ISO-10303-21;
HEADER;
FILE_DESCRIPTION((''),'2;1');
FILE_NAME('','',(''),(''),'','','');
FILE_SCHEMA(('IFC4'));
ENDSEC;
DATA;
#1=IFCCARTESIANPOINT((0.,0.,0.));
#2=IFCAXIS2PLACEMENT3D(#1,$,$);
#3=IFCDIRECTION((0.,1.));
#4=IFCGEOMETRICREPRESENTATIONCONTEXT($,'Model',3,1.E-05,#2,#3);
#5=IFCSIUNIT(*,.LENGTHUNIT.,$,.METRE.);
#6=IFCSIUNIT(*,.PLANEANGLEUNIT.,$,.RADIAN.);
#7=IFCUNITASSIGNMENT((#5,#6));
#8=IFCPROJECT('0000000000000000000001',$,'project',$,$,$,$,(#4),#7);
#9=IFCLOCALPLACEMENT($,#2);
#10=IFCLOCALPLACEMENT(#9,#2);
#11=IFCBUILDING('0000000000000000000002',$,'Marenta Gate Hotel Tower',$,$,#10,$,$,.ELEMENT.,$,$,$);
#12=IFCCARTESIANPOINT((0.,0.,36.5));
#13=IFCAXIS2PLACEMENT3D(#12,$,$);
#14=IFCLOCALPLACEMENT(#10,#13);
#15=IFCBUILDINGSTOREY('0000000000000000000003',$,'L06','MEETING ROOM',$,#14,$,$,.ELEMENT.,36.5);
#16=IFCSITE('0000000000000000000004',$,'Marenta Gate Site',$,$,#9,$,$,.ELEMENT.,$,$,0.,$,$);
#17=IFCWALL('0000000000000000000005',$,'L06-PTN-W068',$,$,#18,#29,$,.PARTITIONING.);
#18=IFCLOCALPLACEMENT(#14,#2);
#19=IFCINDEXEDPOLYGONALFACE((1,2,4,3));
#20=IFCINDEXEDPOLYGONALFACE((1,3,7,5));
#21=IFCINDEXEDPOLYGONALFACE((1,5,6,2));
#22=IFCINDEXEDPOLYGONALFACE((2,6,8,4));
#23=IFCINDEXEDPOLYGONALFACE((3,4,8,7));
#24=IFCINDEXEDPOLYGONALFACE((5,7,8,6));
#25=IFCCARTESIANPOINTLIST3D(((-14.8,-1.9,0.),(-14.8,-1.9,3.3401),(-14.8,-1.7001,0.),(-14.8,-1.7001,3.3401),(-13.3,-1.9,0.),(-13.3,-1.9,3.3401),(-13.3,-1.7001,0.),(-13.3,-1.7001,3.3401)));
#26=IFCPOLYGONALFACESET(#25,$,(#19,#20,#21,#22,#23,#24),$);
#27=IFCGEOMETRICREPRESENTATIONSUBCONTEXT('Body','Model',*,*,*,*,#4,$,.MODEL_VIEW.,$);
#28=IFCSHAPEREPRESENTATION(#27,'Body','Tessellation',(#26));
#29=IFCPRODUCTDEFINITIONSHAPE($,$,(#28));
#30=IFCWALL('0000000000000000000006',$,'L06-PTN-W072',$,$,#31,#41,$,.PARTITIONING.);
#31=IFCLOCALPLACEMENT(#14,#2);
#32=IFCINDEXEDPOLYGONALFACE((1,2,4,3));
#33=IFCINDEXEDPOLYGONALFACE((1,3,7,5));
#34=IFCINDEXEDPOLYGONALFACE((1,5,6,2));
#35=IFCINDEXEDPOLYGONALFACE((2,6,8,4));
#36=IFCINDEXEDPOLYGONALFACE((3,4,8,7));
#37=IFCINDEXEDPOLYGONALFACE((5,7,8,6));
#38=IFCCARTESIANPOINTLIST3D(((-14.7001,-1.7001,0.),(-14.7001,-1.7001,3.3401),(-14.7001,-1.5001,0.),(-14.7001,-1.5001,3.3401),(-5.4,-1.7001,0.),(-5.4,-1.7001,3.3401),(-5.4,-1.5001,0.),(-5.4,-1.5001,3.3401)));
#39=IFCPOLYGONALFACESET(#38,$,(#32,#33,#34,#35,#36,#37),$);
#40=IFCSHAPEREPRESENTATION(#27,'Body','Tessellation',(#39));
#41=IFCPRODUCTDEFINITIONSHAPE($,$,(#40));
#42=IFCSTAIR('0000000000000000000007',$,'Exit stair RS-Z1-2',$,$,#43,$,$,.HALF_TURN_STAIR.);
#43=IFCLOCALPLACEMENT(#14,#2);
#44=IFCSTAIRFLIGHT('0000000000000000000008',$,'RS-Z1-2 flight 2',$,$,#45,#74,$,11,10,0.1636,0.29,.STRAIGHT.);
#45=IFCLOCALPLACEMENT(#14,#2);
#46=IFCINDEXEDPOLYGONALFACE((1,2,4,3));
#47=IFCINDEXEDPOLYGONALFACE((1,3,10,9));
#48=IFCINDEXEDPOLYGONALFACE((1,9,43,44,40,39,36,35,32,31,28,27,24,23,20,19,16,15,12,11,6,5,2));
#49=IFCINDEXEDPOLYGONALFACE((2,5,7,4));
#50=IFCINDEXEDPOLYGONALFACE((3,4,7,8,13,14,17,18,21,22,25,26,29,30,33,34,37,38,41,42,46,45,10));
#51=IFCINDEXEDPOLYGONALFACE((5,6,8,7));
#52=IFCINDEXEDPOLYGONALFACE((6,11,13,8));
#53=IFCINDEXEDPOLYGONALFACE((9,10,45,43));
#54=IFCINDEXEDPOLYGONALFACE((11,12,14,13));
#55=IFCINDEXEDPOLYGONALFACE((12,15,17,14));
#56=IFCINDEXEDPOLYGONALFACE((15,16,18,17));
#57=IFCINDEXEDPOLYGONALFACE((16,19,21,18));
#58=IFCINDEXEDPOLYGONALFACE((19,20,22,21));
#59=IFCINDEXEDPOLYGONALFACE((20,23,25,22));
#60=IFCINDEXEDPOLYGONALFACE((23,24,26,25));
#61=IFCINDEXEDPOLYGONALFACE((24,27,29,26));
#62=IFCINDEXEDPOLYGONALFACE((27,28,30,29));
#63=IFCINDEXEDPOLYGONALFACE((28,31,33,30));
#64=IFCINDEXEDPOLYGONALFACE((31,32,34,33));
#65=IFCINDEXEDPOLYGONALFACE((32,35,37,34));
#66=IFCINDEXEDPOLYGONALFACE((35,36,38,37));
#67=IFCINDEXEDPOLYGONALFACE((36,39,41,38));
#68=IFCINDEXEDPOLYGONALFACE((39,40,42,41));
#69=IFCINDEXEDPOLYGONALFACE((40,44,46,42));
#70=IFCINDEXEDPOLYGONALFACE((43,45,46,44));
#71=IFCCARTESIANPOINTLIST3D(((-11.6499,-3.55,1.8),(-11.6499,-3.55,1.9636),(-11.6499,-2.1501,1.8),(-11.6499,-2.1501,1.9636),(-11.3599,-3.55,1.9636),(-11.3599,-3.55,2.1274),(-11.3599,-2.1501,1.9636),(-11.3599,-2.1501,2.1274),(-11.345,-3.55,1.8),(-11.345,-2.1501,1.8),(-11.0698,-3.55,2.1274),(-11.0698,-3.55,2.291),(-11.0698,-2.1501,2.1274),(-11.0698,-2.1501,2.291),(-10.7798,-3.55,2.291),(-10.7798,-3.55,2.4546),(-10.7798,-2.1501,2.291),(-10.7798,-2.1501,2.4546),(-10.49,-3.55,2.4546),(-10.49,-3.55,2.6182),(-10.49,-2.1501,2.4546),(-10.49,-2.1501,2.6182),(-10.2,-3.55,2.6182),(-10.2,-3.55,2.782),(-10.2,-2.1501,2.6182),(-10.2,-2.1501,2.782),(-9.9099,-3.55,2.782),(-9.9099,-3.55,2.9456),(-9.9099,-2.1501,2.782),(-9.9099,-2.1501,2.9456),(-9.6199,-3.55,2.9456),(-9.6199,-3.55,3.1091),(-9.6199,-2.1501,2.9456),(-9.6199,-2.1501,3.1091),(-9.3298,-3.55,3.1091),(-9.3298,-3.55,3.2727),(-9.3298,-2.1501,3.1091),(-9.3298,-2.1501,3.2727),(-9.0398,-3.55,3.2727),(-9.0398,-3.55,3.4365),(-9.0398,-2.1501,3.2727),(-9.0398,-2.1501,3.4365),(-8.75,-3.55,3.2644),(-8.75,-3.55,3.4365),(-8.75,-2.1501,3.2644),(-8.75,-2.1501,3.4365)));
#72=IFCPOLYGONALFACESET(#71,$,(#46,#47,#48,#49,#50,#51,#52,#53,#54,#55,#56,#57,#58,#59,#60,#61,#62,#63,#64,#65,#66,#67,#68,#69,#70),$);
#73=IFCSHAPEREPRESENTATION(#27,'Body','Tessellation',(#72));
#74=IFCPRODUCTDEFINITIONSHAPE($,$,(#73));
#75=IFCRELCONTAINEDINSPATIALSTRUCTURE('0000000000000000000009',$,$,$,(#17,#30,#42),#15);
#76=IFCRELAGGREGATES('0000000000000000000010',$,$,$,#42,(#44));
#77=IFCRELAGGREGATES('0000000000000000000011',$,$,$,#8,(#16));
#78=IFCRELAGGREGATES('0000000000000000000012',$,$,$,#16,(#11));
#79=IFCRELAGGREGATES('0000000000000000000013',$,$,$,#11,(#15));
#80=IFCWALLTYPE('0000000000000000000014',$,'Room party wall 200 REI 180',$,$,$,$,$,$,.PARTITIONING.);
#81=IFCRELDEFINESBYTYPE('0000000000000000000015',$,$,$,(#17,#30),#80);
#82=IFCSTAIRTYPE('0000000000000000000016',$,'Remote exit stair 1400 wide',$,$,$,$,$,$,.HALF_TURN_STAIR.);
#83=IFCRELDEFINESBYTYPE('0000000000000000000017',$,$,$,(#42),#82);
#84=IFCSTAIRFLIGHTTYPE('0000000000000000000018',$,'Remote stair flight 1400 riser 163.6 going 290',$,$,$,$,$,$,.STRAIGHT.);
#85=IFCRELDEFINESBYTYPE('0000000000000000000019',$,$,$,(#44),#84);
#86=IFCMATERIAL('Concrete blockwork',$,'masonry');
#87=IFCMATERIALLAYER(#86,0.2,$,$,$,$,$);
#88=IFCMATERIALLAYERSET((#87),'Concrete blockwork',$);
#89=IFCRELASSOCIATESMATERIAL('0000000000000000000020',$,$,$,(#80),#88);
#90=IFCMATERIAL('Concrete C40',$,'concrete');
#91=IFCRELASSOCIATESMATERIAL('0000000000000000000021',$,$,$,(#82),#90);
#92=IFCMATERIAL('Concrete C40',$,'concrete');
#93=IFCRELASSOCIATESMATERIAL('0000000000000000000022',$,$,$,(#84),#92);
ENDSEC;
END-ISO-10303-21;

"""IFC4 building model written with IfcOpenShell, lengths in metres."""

from ifc_helpers import new_model, si_unit, direction, frame, frame_2d, origin, place, context, subcontext, project, spatial, polyline, rectangle, outline, extrude, material, layer, layer_set, type_object, element, aggregate, save


model = new_model("IFC4")

# Units and contexts
model_context = context("Model", 3, precision=1e-05, world=origin(), true_north=direction((0.0, 1.0)))
body_context = subcontext(model_context, "Body", "Model", "MODEL_VIEW")
ifc_project = project(units=[si_unit("LENGTHUNIT", "METRE"), si_unit("PLANEANGLEUNIT", "RADIAN")], contexts=[model_context])

# Site, building, storey
site_placement = place(None, origin())
site = spatial("IfcSite", under=ifc_project, at=site_placement, Name="Marenta Gate Site", CompositionType="ELEMENT", RefElevation=0.0)
building_placement = place(site_placement, origin())
building = spatial("IfcBuilding", under=site, at=building_placement, Name="Marenta Gate Hotel Tower", CompositionType="ELEMENT")
storey_placement = place(building_placement, frame((0.0, 0.0, 36.5)))
storey = spatial("IfcBuildingStorey", under=building, at=storey_placement, Name="L06", Description="MEETING ROOM", CompositionType="ELEMENT", Elevation=36.5)

# Walls
ifc_material_1 = material(Name="Concrete blockwork", Category="masonry")
ifc_layer_1 = layer(ifc_material_1, 0.2)
ifc_layer_set_1 = layer_set([ifc_layer_1], Name="Concrete blockwork")
wall_type_1 = type_object("IfcWallType", Name="Room party wall 200 REI 180", PredefinedType="PARTITIONING", material=ifc_layer_set_1)
wall_1_placement = place(storey_placement, frame((-14.8, -1.8, 0.0), z_axis=(0.0, 0.0, 1.0), x_axis=(1.0, 0.0, 0.0)))
element("IfcWall", 1, at=wall_1_placement, inside=storey, type_object=wall_type_1, Name="L06-PTN-W068", PredefinedType="PARTITIONING", context=body_context, shape_type="SweptSolid", body=[
    extrude(rectangle(XDim=1.5, YDim=0.2, at=frame_2d((0.75, 0.0))), origin(), (0.0, 0.0, 1.0), 3.3401),
])
wall_2_placement = place(storey_placement, frame((-14.7, -1.6001, 0.0), z_axis=(0.0, 0.0, 1.0), x_axis=(1.0, 0.0, 0.0)))
element("IfcWall", 2, at=wall_2_placement, inside=storey, type_object=wall_type_1, Name="L06-PTN-W072", PredefinedType="PARTITIONING", context=body_context, shape_type="SweptSolid", body=[
    extrude(rectangle(XDim=9.3, YDim=0.2, at=frame_2d((4.6499, 0.0))), origin(), (0.0, 0.0, 1.0), 3.3401),
])

# Stair, stair flight
ifc_material_2 = material(Name="Concrete C40", Category="concrete")
stair_type = type_object("IfcStairType", Name="Remote exit stair 1400 wide", PredefinedType="HALF_TURN_STAIR", material=ifc_material_2)
stair_placement = place(storey_placement, origin())
stair = element("IfcStair", 3, at=stair_placement, inside=storey, type_object=stair_type, Name="Exit stair RS-Z1-2", PredefinedType="HALF_TURN_STAIR")
ifc_material_3 = material(Name="Concrete C40", Category="concrete")
stair_flight_type = type_object("IfcStairFlightType", Name="Remote stair flight 1400 riser 163.6 going 290", PredefinedType="STRAIGHT", material=ifc_material_3)
stair_flight_placement = place(storey_placement, frame((-11.6499, -2.8501, 1.8), z_axis=(0.0, 0.0, 1.0), x_axis=(1.0, 0.0, 0.0)))
stair_flight = element("IfcStairFlight", 4, at=stair_flight_placement, type_object=stair_flight_type, Name="RS-Z1-2 flight 2", NumberOfRisers=11, NumberOfTreads=10, PredefinedType="STRAIGHT", RiserHeight=0.1636, TreadLength=0.29, context=body_context, shape_type="SweptSolid", body=[
    extrude(outline(polyline([(0.0, 0.0), (0.0, 0.1636), (0.29, 0.1636), (0.29, 0.3274), (0.5801, 0.3274), (0.5801, 0.491), (0.8701, 0.491), (0.8701, 0.6545), (1.1599, 0.6545), (1.1599, 0.8181), (1.45, 0.8181), (1.45, 0.9819), (1.74, 0.9819), (1.74, 1.1455), (2.03, 1.1455), (2.03, 1.3091), (2.3201, 1.3091), (2.3201, 1.4727), (2.6101, 1.4727), (2.6101, 1.6365), (2.8999, 1.6365), (2.8999, 1.8), (2.8999, 1.4644), (0.3049, 0.0), (0.0, 0.0)])), frame((0.0, 0.7, 0.0), z_axis=(0.0, -1.0, 0.0), x_axis=(1.0, 0.0, 0.0)), (0.0, 0.0, 1.0), 1.3999),
])
aggregate(stair, [stair_flight])

save(model, "model.ifc")
